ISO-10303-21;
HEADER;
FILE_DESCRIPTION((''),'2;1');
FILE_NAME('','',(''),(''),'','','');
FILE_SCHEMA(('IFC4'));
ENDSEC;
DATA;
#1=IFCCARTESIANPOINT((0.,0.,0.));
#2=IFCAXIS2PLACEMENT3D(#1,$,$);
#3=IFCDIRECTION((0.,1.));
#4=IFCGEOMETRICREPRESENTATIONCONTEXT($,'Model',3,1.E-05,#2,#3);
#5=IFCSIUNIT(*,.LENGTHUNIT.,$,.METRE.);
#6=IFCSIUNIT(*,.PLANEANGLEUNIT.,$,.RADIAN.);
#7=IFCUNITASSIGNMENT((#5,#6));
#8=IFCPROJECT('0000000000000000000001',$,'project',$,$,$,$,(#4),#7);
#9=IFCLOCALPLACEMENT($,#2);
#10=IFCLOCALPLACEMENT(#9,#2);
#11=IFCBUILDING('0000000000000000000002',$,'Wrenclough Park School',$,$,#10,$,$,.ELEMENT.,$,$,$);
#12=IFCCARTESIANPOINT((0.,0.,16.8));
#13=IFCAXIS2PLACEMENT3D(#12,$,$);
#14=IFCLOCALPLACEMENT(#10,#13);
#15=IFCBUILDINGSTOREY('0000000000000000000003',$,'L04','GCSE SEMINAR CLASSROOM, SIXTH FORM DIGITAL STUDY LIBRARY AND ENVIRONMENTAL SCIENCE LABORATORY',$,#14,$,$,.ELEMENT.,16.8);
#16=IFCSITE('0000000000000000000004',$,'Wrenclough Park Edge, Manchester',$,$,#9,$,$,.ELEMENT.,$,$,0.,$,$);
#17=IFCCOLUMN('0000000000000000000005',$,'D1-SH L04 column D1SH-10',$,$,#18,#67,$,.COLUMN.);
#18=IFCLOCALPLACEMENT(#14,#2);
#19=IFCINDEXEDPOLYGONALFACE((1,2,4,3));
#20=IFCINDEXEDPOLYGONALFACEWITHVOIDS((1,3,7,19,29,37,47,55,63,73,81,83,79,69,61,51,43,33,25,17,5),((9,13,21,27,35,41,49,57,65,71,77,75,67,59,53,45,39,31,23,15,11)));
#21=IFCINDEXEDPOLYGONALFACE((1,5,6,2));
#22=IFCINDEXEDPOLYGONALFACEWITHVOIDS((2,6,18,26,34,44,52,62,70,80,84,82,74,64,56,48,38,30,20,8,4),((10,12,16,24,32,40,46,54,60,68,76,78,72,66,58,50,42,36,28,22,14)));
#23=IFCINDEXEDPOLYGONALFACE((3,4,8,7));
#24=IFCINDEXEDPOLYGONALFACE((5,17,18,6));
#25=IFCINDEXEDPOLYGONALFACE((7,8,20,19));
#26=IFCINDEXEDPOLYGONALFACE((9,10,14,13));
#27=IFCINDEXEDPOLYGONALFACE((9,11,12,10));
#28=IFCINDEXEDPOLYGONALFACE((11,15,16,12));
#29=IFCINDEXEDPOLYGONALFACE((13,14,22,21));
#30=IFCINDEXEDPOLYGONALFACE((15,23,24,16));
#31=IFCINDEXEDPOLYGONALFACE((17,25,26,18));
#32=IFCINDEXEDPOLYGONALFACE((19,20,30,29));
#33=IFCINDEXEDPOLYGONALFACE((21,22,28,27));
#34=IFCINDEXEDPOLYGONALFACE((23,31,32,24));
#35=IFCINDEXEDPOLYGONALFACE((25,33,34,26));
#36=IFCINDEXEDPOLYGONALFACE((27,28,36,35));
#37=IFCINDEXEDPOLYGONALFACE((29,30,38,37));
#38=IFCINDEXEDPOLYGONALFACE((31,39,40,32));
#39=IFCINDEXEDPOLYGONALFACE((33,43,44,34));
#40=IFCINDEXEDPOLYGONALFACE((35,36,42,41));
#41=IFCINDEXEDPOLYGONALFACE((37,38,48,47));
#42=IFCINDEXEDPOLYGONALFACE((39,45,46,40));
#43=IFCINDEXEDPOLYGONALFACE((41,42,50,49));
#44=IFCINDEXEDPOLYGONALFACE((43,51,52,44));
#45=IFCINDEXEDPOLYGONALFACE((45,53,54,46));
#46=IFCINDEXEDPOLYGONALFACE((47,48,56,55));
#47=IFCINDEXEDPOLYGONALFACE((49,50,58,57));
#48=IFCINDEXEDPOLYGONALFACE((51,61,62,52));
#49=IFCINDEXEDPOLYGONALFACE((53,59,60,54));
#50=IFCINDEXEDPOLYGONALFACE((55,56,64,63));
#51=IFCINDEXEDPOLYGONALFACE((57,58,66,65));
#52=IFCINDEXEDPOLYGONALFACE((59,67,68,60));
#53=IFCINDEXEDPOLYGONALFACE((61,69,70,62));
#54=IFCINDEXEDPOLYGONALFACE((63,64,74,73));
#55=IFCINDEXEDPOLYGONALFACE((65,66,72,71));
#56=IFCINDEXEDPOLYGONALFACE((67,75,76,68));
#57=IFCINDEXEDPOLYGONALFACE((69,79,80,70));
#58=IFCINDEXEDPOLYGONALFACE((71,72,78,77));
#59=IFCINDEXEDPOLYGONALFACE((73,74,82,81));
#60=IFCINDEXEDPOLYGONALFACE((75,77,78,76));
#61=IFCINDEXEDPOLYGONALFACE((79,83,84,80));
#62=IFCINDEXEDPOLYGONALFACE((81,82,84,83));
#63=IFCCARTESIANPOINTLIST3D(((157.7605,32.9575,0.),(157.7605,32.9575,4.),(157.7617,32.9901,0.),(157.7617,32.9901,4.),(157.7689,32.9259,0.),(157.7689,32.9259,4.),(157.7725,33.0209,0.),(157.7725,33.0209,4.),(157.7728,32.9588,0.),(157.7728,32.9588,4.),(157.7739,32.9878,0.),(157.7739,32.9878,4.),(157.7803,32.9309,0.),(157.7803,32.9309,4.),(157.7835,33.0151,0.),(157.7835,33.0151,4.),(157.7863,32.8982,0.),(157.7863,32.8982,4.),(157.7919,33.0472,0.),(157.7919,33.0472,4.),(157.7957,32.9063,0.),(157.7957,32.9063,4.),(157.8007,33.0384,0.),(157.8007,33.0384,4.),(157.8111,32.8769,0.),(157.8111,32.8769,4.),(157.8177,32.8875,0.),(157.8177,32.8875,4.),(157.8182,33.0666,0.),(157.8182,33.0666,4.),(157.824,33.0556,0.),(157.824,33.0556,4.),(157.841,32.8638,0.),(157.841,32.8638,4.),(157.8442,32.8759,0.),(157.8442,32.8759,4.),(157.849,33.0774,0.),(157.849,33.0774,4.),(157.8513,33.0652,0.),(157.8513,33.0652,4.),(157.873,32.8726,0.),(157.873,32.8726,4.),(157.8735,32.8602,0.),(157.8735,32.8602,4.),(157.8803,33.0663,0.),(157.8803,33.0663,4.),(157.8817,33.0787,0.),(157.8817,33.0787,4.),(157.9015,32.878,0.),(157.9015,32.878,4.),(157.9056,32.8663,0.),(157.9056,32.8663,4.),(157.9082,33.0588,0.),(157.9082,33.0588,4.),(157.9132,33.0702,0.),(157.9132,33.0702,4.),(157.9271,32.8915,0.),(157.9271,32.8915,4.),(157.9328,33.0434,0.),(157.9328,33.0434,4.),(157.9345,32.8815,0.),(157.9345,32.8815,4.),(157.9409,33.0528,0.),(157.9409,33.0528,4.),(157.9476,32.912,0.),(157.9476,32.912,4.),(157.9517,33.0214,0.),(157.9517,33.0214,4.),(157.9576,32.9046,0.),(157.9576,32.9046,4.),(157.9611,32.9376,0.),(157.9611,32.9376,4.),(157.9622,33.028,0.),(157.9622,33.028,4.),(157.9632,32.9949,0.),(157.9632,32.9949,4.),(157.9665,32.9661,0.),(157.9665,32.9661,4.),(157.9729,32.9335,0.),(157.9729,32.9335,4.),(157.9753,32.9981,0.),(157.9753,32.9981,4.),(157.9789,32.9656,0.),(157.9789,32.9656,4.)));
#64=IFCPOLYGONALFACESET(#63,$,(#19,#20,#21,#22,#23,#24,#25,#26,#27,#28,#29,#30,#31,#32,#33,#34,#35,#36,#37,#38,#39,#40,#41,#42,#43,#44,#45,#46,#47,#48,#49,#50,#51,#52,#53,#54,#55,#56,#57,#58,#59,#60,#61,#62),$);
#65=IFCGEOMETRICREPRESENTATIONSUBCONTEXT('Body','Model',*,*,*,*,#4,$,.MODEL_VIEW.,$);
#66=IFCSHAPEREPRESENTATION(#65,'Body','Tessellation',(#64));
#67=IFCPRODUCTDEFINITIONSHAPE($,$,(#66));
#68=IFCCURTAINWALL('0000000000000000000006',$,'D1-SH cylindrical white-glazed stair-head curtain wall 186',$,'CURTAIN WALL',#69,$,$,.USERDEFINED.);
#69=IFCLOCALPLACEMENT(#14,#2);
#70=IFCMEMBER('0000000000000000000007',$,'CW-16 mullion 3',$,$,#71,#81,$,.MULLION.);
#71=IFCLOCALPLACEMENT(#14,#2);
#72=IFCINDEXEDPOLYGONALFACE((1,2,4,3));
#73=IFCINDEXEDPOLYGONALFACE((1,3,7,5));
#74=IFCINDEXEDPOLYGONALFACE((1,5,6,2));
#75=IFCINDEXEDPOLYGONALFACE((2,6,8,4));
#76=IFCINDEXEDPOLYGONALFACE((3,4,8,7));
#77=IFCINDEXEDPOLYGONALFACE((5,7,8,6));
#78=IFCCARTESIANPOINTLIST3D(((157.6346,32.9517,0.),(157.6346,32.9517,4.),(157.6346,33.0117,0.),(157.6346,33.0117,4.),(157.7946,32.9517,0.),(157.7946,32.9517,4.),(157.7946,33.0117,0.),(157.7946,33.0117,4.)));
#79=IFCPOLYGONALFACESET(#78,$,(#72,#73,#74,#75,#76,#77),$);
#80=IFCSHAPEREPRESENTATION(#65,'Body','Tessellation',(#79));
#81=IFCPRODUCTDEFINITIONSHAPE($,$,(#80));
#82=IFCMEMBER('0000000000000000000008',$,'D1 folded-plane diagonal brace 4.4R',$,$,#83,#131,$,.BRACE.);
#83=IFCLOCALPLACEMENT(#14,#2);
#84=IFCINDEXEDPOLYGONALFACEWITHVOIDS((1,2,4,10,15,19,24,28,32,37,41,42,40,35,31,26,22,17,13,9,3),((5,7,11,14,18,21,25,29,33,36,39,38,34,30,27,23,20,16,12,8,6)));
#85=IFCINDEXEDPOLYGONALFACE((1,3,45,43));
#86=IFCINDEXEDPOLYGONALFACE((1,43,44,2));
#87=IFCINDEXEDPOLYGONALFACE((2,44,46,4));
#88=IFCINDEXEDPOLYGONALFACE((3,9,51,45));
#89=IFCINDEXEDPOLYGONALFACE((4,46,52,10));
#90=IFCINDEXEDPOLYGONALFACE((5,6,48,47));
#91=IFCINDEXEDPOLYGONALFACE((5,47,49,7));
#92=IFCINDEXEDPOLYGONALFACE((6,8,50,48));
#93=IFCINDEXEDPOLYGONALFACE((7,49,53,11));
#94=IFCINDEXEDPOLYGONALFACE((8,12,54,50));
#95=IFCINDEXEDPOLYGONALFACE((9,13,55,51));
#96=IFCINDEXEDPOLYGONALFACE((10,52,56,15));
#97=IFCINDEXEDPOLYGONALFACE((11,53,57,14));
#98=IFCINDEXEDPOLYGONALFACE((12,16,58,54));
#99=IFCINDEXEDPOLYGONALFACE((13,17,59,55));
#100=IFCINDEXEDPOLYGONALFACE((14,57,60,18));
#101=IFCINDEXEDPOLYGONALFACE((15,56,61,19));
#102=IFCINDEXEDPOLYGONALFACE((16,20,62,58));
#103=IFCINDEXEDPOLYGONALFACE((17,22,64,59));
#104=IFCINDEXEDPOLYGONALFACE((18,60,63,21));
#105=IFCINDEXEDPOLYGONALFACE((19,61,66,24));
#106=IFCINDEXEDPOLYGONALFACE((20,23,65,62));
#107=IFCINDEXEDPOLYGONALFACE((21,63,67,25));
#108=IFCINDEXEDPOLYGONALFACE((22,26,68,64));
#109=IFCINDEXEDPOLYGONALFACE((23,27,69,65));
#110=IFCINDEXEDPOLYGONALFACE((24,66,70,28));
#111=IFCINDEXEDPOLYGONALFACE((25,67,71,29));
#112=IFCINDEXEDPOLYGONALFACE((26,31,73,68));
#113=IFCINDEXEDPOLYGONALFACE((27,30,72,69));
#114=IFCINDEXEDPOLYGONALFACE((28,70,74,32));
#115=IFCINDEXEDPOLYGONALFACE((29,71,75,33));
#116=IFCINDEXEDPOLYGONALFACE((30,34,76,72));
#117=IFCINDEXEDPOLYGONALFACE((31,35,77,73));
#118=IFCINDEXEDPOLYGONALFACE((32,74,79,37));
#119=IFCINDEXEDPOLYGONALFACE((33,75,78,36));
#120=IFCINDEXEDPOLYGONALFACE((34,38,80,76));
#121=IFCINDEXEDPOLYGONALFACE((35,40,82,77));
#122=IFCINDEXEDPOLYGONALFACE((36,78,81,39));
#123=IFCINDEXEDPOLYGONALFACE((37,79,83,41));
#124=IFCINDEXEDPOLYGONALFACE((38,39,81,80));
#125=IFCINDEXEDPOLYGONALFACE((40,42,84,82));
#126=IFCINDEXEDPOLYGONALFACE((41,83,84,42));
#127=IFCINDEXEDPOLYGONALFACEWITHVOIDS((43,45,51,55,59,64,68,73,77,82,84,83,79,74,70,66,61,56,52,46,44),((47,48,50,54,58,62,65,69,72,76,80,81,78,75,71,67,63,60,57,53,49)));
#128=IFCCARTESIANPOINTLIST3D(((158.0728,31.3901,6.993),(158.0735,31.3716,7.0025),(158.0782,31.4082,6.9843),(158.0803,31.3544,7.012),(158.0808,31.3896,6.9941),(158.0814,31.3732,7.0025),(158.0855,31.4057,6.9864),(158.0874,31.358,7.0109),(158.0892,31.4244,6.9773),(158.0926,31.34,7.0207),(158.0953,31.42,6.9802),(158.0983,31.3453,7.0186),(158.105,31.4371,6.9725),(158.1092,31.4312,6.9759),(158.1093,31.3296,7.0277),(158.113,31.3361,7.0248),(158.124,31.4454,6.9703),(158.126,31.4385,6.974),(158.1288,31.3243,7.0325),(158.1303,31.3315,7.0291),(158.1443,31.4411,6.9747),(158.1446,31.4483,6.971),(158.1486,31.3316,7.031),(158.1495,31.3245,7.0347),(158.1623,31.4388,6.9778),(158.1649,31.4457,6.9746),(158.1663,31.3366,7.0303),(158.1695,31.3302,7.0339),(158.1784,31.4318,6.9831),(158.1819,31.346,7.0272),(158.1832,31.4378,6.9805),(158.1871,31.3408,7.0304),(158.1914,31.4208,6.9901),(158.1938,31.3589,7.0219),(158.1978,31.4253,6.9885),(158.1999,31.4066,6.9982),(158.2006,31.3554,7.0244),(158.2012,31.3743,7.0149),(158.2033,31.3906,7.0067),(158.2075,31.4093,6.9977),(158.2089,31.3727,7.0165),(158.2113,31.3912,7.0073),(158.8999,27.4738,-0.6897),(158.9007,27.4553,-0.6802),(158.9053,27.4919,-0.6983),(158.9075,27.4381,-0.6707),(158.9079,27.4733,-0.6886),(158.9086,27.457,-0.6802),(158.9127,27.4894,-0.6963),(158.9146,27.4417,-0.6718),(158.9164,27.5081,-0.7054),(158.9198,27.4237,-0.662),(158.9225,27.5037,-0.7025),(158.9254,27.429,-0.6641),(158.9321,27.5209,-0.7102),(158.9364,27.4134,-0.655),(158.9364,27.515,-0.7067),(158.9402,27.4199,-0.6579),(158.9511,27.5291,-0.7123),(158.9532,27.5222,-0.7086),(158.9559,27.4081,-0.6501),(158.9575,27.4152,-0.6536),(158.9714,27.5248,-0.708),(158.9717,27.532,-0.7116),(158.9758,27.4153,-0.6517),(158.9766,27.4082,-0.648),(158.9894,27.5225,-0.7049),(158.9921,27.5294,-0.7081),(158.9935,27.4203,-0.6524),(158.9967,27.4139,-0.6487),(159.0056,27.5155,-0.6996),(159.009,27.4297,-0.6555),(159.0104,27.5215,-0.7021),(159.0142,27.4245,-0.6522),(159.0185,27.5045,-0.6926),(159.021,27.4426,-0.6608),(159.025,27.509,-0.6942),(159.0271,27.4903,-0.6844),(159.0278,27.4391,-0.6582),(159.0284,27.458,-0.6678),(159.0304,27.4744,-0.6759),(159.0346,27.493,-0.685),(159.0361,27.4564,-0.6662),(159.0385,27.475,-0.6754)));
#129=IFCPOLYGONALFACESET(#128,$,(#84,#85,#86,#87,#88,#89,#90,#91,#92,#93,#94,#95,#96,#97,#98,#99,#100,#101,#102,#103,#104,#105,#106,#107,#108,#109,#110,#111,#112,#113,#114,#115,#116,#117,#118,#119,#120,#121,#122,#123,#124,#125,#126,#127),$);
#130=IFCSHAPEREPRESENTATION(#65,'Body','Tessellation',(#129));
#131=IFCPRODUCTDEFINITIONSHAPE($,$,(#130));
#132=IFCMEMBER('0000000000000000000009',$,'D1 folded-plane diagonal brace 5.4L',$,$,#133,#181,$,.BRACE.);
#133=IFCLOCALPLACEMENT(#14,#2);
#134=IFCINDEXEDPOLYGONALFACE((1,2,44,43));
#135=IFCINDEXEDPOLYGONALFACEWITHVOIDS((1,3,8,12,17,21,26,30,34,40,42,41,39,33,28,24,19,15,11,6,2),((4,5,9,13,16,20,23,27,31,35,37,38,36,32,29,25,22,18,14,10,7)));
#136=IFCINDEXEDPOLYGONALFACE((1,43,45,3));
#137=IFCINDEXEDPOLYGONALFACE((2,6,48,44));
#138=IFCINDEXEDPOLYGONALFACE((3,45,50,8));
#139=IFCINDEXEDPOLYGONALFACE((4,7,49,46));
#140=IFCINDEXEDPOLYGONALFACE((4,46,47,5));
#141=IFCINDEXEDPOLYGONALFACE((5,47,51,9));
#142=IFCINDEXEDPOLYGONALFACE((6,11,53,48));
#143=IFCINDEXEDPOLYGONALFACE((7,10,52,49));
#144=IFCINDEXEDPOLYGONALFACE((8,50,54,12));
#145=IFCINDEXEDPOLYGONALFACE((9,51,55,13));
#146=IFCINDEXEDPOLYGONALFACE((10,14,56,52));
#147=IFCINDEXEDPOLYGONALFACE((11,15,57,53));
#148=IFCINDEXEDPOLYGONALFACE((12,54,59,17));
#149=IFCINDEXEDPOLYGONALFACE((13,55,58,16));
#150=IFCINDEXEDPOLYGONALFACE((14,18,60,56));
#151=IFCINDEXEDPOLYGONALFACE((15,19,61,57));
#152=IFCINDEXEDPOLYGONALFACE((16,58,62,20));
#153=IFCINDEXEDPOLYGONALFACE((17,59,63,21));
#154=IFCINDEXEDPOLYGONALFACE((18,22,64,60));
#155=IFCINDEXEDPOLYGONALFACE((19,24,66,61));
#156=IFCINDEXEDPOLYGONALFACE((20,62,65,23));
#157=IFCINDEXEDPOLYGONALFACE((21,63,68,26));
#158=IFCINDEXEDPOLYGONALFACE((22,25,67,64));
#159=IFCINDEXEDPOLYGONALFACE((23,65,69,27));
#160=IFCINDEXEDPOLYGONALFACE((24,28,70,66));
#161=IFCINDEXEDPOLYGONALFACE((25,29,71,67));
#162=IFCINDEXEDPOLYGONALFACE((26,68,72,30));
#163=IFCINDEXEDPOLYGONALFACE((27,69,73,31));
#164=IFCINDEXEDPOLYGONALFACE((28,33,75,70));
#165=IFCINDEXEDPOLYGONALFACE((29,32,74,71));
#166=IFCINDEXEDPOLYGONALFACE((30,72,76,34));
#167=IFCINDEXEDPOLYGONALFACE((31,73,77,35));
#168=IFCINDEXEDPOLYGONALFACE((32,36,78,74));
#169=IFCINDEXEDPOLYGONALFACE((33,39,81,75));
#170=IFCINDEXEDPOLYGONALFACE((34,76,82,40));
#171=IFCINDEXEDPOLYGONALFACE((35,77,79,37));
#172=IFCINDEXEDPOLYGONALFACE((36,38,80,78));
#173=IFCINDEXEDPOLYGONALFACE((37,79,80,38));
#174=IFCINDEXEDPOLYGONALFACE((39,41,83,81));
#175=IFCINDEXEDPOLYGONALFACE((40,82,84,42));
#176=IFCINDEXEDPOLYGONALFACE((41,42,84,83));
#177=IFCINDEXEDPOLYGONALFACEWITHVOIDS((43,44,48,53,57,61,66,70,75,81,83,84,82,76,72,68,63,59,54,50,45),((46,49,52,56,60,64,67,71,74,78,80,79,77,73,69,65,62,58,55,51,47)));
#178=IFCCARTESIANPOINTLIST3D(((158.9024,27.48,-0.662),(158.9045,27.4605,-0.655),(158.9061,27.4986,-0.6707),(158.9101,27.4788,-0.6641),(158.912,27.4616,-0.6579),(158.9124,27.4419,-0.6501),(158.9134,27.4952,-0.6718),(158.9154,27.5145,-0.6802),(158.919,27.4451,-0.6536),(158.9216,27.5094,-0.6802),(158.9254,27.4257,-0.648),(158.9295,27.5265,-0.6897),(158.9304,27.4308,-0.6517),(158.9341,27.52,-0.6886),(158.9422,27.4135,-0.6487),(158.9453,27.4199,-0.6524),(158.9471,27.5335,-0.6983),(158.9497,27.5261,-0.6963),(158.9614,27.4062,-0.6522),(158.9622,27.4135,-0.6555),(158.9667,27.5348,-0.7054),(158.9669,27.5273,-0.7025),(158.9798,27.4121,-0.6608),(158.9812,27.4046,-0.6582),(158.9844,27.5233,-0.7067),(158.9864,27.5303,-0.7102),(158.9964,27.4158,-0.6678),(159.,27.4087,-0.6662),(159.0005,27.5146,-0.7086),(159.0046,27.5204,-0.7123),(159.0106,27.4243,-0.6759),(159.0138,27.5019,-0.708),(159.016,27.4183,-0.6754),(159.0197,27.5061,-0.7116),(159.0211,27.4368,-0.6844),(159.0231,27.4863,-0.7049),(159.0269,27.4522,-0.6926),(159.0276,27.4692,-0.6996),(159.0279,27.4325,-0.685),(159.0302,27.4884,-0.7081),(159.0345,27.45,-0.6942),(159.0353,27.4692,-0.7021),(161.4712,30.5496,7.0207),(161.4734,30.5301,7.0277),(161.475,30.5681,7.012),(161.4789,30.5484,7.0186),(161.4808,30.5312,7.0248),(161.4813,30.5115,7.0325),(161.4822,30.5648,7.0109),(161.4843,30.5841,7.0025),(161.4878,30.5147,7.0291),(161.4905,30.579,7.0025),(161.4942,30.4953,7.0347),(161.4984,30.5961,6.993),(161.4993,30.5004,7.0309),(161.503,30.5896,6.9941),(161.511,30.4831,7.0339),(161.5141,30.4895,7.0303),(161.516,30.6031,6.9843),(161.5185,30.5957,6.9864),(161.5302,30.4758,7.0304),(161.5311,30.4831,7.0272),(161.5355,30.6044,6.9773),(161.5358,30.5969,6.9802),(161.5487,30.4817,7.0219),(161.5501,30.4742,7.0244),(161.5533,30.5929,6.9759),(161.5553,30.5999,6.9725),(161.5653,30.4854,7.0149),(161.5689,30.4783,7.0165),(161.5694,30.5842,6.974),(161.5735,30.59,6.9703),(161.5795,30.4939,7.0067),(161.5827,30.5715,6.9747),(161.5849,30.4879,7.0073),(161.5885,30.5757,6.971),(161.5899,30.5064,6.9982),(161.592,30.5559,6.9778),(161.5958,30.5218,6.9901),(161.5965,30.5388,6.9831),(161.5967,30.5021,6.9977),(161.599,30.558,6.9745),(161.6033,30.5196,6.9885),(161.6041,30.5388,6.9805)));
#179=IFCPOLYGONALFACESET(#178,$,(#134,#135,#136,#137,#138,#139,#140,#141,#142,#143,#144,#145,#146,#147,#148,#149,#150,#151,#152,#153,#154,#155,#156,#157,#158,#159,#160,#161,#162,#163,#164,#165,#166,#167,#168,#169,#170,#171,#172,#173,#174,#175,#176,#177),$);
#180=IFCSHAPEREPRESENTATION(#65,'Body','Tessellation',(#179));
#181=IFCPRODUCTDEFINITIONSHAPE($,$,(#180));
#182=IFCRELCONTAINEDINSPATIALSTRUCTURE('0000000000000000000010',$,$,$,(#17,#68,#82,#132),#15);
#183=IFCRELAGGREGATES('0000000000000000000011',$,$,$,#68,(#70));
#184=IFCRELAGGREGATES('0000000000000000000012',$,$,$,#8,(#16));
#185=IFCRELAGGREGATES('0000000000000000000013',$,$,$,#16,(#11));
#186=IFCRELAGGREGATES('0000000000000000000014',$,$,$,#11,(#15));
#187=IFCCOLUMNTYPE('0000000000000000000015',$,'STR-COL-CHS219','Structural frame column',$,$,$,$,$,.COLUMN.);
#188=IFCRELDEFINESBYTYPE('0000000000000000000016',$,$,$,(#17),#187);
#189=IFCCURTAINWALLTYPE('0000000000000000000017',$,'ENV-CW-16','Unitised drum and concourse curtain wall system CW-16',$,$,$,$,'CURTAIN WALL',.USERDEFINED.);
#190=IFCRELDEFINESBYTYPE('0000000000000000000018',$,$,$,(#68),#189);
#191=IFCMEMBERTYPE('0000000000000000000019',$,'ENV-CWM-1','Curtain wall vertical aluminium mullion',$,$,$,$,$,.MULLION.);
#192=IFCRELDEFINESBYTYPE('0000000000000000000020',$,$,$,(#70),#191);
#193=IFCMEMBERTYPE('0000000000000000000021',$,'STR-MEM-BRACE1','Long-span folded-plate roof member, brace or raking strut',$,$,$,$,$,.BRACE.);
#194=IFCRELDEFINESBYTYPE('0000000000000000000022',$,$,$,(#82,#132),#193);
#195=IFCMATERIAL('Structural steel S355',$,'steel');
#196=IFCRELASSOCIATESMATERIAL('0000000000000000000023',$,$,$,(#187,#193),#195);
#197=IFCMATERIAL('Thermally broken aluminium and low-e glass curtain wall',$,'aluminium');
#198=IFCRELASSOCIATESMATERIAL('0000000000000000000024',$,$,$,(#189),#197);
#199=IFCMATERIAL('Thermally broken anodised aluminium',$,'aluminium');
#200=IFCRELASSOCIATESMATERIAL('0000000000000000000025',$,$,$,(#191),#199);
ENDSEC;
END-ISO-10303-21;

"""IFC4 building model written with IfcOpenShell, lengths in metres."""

from ifc_helpers import new_model, si_unit, direction, frame, origin, origin_2d, place, context, subcontext, project, spatial, rectangle, hollow_circle, extrude, material, material_profile, profile_set, type_object, element, aggregate, save


model = new_model("IFC4")

# Units and contexts
model_context = context("Model", 3, precision=1e-05, world=origin(), true_north=direction((0.0, 1.0)))
body_context = subcontext(model_context, "Body", "Model", "MODEL_VIEW")
ifc_project = project(units=[si_unit("LENGTHUNIT", "METRE"), si_unit("PLANEANGLEUNIT", "RADIAN")], contexts=[model_context])

# Site, building, storey
site_placement = place(None, origin())
site = spatial("IfcSite", under=ifc_project, at=site_placement, Name="Wrenclough Park Edge, Manchester", CompositionType="ELEMENT", RefElevation=0.0)
building_placement = place(site_placement, origin())
building = spatial("IfcBuilding", under=site, at=building_placement, Name="Wrenclough Park School", CompositionType="ELEMENT")
storey_placement = place(building_placement, frame((0.0, 0.0, 16.8)))
storey = spatial("IfcBuildingStorey", under=building, at=storey_placement, Name="L04", Description="GCSE SEMINAR CLASSROOM, SIXTH FORM DIGITAL STUDY LIBRARY AND ENVIRONMENTAL SCIENCE LABORATORY", CompositionType="ELEMENT", Elevation=16.8)

# Column
ifc_material_1 = material(Name="Structural steel S355", Category="steel")
ifc_material_profile_1 = material_profile(ifc_material_1, hollow_circle(Radius=0.1096, WallThickness=0.0125, at=origin_2d()), Name="CHS 219.1x12.5")
ifc_profile_set_1 = profile_set([ifc_material_profile_1], Name="Structural steel S355")
column_type = type_object("IfcColumnType", Name="STR-COL-CHS219", Description="Structural frame column", PredefinedType="COLUMN", material=ifc_profile_set_1)
column_placement = place(storey_placement, frame((157.8694, 32.9697, 0.0), z_axis=(0.0, 0.0, 1.0), x_axis=(0.965926, 0.258819, 0.0)))
element("IfcColumn", 1, at=column_placement, inside=storey, type_object=column_type, Name="D1-SH L04 column D1SH-10", PredefinedType="COLUMN", context=body_context, shape_type="SweptSolid", body=[
    extrude(hollow_circle(Radius=0.1096, WallThickness=0.0125, at=origin_2d()), origin(), (0.0, 0.0, 1.0), 4.0),
])

# Curtain wall, member
ifc_material_2 = material(Name="Thermally broken aluminium and low-e glass curtain wall", Category="aluminium")
curtain_wall_type = type_object("IfcCurtainWallType", Name="ENV-CW-16", Description="Unitised drum and concourse curtain wall system CW-16", ElementType="CURTAIN WALL", PredefinedType="USERDEFINED", material=ifc_material_2)
curtain_wall_placement = place(storey_placement, origin())
curtain_wall = element("IfcCurtainWall", 2, at=curtain_wall_placement, inside=storey, type_object=curtain_wall_type, Name="D1-SH cylindrical white-glazed stair-head curtain wall 186", ObjectType="CURTAIN WALL", PredefinedType="USERDEFINED")
ifc_material_3 = material(Name="Thermally broken anodised aluminium", Category="aluminium")
ifc_material_profile_2 = material_profile(ifc_material_3, rectangle(XDim=0.0601, YDim=0.1599, at=origin_2d()), Name="AL MULLION 60x160")
ifc_profile_set_2 = profile_set([ifc_material_profile_2], Name="Thermally broken anodised aluminium")
member_type_1 = type_object("IfcMemberType", Name="ENV-CWM-1", Description="Curtain wall vertical aluminium mullion", PredefinedType="MULLION", material=ifc_profile_set_2)
member_1_placement = place(storey_placement, frame((157.7146, 32.9817, 0.0), z_axis=(0.0, 0.0, 1.0), x_axis=(0.0, 1.0, 0.0)))
member_1 = element("IfcMember", 3, at=member_1_placement, type_object=member_type_1, Name="CW-16 mullion 3", PredefinedType="MULLION", context=body_context, shape_type="SweptSolid", body=[
    extrude(rectangle(XDim=0.0601, YDim=0.1599, at=origin_2d()), origin(), (0.0, 0.0, 1.0), 4.0),
])

# Members
ifc_material_profile_3 = material_profile(ifc_material_1, hollow_circle(Radius=0.0698, WallThickness=0.0081, at=origin_2d()), Name="CHS 139.7x8.0")
ifc_profile_set_3 = profile_set([ifc_material_profile_3], Name="Structural steel S355")
member_type_2 = type_object("IfcMemberType", Name="STR-MEM-BRACE1", Description="Long-span folded-plate roof member, brace or raking strut", PredefinedType="BRACE", material=ifc_profile_set_3)
for number, where, z_axis, x_axis, name in (
    (4, (158.969, 27.4697, -0.6802), (-0.095483, 0.452079, 0.886853), (-0.978415, -0.20665, 0.0), "D1 folded-plane diagonal brace 4.4R"),
    (5, (158.969, 27.4697, -0.6802), (0.296538, 0.354341, 0.886853), (-0.766885, 0.641785, 0.0), "D1 folded-plane diagonal brace 5.4L"),
):
    element("IfcMember", number, at=place(storey_placement, frame(where, z_axis=z_axis, x_axis=x_axis)), inside=storey, type_object=member_type_2, Name=name, PredefinedType="BRACE", context=body_context, shape_type="SweptSolid", body=[
        extrude(hollow_circle(Radius=0.0698, WallThickness=0.0081, at=origin_2d()), origin(), (0.0, 0.0, 1.0), 8.6628),
    ])

aggregate(curtain_wall, [member_1])

save(model, "model.ifc")
